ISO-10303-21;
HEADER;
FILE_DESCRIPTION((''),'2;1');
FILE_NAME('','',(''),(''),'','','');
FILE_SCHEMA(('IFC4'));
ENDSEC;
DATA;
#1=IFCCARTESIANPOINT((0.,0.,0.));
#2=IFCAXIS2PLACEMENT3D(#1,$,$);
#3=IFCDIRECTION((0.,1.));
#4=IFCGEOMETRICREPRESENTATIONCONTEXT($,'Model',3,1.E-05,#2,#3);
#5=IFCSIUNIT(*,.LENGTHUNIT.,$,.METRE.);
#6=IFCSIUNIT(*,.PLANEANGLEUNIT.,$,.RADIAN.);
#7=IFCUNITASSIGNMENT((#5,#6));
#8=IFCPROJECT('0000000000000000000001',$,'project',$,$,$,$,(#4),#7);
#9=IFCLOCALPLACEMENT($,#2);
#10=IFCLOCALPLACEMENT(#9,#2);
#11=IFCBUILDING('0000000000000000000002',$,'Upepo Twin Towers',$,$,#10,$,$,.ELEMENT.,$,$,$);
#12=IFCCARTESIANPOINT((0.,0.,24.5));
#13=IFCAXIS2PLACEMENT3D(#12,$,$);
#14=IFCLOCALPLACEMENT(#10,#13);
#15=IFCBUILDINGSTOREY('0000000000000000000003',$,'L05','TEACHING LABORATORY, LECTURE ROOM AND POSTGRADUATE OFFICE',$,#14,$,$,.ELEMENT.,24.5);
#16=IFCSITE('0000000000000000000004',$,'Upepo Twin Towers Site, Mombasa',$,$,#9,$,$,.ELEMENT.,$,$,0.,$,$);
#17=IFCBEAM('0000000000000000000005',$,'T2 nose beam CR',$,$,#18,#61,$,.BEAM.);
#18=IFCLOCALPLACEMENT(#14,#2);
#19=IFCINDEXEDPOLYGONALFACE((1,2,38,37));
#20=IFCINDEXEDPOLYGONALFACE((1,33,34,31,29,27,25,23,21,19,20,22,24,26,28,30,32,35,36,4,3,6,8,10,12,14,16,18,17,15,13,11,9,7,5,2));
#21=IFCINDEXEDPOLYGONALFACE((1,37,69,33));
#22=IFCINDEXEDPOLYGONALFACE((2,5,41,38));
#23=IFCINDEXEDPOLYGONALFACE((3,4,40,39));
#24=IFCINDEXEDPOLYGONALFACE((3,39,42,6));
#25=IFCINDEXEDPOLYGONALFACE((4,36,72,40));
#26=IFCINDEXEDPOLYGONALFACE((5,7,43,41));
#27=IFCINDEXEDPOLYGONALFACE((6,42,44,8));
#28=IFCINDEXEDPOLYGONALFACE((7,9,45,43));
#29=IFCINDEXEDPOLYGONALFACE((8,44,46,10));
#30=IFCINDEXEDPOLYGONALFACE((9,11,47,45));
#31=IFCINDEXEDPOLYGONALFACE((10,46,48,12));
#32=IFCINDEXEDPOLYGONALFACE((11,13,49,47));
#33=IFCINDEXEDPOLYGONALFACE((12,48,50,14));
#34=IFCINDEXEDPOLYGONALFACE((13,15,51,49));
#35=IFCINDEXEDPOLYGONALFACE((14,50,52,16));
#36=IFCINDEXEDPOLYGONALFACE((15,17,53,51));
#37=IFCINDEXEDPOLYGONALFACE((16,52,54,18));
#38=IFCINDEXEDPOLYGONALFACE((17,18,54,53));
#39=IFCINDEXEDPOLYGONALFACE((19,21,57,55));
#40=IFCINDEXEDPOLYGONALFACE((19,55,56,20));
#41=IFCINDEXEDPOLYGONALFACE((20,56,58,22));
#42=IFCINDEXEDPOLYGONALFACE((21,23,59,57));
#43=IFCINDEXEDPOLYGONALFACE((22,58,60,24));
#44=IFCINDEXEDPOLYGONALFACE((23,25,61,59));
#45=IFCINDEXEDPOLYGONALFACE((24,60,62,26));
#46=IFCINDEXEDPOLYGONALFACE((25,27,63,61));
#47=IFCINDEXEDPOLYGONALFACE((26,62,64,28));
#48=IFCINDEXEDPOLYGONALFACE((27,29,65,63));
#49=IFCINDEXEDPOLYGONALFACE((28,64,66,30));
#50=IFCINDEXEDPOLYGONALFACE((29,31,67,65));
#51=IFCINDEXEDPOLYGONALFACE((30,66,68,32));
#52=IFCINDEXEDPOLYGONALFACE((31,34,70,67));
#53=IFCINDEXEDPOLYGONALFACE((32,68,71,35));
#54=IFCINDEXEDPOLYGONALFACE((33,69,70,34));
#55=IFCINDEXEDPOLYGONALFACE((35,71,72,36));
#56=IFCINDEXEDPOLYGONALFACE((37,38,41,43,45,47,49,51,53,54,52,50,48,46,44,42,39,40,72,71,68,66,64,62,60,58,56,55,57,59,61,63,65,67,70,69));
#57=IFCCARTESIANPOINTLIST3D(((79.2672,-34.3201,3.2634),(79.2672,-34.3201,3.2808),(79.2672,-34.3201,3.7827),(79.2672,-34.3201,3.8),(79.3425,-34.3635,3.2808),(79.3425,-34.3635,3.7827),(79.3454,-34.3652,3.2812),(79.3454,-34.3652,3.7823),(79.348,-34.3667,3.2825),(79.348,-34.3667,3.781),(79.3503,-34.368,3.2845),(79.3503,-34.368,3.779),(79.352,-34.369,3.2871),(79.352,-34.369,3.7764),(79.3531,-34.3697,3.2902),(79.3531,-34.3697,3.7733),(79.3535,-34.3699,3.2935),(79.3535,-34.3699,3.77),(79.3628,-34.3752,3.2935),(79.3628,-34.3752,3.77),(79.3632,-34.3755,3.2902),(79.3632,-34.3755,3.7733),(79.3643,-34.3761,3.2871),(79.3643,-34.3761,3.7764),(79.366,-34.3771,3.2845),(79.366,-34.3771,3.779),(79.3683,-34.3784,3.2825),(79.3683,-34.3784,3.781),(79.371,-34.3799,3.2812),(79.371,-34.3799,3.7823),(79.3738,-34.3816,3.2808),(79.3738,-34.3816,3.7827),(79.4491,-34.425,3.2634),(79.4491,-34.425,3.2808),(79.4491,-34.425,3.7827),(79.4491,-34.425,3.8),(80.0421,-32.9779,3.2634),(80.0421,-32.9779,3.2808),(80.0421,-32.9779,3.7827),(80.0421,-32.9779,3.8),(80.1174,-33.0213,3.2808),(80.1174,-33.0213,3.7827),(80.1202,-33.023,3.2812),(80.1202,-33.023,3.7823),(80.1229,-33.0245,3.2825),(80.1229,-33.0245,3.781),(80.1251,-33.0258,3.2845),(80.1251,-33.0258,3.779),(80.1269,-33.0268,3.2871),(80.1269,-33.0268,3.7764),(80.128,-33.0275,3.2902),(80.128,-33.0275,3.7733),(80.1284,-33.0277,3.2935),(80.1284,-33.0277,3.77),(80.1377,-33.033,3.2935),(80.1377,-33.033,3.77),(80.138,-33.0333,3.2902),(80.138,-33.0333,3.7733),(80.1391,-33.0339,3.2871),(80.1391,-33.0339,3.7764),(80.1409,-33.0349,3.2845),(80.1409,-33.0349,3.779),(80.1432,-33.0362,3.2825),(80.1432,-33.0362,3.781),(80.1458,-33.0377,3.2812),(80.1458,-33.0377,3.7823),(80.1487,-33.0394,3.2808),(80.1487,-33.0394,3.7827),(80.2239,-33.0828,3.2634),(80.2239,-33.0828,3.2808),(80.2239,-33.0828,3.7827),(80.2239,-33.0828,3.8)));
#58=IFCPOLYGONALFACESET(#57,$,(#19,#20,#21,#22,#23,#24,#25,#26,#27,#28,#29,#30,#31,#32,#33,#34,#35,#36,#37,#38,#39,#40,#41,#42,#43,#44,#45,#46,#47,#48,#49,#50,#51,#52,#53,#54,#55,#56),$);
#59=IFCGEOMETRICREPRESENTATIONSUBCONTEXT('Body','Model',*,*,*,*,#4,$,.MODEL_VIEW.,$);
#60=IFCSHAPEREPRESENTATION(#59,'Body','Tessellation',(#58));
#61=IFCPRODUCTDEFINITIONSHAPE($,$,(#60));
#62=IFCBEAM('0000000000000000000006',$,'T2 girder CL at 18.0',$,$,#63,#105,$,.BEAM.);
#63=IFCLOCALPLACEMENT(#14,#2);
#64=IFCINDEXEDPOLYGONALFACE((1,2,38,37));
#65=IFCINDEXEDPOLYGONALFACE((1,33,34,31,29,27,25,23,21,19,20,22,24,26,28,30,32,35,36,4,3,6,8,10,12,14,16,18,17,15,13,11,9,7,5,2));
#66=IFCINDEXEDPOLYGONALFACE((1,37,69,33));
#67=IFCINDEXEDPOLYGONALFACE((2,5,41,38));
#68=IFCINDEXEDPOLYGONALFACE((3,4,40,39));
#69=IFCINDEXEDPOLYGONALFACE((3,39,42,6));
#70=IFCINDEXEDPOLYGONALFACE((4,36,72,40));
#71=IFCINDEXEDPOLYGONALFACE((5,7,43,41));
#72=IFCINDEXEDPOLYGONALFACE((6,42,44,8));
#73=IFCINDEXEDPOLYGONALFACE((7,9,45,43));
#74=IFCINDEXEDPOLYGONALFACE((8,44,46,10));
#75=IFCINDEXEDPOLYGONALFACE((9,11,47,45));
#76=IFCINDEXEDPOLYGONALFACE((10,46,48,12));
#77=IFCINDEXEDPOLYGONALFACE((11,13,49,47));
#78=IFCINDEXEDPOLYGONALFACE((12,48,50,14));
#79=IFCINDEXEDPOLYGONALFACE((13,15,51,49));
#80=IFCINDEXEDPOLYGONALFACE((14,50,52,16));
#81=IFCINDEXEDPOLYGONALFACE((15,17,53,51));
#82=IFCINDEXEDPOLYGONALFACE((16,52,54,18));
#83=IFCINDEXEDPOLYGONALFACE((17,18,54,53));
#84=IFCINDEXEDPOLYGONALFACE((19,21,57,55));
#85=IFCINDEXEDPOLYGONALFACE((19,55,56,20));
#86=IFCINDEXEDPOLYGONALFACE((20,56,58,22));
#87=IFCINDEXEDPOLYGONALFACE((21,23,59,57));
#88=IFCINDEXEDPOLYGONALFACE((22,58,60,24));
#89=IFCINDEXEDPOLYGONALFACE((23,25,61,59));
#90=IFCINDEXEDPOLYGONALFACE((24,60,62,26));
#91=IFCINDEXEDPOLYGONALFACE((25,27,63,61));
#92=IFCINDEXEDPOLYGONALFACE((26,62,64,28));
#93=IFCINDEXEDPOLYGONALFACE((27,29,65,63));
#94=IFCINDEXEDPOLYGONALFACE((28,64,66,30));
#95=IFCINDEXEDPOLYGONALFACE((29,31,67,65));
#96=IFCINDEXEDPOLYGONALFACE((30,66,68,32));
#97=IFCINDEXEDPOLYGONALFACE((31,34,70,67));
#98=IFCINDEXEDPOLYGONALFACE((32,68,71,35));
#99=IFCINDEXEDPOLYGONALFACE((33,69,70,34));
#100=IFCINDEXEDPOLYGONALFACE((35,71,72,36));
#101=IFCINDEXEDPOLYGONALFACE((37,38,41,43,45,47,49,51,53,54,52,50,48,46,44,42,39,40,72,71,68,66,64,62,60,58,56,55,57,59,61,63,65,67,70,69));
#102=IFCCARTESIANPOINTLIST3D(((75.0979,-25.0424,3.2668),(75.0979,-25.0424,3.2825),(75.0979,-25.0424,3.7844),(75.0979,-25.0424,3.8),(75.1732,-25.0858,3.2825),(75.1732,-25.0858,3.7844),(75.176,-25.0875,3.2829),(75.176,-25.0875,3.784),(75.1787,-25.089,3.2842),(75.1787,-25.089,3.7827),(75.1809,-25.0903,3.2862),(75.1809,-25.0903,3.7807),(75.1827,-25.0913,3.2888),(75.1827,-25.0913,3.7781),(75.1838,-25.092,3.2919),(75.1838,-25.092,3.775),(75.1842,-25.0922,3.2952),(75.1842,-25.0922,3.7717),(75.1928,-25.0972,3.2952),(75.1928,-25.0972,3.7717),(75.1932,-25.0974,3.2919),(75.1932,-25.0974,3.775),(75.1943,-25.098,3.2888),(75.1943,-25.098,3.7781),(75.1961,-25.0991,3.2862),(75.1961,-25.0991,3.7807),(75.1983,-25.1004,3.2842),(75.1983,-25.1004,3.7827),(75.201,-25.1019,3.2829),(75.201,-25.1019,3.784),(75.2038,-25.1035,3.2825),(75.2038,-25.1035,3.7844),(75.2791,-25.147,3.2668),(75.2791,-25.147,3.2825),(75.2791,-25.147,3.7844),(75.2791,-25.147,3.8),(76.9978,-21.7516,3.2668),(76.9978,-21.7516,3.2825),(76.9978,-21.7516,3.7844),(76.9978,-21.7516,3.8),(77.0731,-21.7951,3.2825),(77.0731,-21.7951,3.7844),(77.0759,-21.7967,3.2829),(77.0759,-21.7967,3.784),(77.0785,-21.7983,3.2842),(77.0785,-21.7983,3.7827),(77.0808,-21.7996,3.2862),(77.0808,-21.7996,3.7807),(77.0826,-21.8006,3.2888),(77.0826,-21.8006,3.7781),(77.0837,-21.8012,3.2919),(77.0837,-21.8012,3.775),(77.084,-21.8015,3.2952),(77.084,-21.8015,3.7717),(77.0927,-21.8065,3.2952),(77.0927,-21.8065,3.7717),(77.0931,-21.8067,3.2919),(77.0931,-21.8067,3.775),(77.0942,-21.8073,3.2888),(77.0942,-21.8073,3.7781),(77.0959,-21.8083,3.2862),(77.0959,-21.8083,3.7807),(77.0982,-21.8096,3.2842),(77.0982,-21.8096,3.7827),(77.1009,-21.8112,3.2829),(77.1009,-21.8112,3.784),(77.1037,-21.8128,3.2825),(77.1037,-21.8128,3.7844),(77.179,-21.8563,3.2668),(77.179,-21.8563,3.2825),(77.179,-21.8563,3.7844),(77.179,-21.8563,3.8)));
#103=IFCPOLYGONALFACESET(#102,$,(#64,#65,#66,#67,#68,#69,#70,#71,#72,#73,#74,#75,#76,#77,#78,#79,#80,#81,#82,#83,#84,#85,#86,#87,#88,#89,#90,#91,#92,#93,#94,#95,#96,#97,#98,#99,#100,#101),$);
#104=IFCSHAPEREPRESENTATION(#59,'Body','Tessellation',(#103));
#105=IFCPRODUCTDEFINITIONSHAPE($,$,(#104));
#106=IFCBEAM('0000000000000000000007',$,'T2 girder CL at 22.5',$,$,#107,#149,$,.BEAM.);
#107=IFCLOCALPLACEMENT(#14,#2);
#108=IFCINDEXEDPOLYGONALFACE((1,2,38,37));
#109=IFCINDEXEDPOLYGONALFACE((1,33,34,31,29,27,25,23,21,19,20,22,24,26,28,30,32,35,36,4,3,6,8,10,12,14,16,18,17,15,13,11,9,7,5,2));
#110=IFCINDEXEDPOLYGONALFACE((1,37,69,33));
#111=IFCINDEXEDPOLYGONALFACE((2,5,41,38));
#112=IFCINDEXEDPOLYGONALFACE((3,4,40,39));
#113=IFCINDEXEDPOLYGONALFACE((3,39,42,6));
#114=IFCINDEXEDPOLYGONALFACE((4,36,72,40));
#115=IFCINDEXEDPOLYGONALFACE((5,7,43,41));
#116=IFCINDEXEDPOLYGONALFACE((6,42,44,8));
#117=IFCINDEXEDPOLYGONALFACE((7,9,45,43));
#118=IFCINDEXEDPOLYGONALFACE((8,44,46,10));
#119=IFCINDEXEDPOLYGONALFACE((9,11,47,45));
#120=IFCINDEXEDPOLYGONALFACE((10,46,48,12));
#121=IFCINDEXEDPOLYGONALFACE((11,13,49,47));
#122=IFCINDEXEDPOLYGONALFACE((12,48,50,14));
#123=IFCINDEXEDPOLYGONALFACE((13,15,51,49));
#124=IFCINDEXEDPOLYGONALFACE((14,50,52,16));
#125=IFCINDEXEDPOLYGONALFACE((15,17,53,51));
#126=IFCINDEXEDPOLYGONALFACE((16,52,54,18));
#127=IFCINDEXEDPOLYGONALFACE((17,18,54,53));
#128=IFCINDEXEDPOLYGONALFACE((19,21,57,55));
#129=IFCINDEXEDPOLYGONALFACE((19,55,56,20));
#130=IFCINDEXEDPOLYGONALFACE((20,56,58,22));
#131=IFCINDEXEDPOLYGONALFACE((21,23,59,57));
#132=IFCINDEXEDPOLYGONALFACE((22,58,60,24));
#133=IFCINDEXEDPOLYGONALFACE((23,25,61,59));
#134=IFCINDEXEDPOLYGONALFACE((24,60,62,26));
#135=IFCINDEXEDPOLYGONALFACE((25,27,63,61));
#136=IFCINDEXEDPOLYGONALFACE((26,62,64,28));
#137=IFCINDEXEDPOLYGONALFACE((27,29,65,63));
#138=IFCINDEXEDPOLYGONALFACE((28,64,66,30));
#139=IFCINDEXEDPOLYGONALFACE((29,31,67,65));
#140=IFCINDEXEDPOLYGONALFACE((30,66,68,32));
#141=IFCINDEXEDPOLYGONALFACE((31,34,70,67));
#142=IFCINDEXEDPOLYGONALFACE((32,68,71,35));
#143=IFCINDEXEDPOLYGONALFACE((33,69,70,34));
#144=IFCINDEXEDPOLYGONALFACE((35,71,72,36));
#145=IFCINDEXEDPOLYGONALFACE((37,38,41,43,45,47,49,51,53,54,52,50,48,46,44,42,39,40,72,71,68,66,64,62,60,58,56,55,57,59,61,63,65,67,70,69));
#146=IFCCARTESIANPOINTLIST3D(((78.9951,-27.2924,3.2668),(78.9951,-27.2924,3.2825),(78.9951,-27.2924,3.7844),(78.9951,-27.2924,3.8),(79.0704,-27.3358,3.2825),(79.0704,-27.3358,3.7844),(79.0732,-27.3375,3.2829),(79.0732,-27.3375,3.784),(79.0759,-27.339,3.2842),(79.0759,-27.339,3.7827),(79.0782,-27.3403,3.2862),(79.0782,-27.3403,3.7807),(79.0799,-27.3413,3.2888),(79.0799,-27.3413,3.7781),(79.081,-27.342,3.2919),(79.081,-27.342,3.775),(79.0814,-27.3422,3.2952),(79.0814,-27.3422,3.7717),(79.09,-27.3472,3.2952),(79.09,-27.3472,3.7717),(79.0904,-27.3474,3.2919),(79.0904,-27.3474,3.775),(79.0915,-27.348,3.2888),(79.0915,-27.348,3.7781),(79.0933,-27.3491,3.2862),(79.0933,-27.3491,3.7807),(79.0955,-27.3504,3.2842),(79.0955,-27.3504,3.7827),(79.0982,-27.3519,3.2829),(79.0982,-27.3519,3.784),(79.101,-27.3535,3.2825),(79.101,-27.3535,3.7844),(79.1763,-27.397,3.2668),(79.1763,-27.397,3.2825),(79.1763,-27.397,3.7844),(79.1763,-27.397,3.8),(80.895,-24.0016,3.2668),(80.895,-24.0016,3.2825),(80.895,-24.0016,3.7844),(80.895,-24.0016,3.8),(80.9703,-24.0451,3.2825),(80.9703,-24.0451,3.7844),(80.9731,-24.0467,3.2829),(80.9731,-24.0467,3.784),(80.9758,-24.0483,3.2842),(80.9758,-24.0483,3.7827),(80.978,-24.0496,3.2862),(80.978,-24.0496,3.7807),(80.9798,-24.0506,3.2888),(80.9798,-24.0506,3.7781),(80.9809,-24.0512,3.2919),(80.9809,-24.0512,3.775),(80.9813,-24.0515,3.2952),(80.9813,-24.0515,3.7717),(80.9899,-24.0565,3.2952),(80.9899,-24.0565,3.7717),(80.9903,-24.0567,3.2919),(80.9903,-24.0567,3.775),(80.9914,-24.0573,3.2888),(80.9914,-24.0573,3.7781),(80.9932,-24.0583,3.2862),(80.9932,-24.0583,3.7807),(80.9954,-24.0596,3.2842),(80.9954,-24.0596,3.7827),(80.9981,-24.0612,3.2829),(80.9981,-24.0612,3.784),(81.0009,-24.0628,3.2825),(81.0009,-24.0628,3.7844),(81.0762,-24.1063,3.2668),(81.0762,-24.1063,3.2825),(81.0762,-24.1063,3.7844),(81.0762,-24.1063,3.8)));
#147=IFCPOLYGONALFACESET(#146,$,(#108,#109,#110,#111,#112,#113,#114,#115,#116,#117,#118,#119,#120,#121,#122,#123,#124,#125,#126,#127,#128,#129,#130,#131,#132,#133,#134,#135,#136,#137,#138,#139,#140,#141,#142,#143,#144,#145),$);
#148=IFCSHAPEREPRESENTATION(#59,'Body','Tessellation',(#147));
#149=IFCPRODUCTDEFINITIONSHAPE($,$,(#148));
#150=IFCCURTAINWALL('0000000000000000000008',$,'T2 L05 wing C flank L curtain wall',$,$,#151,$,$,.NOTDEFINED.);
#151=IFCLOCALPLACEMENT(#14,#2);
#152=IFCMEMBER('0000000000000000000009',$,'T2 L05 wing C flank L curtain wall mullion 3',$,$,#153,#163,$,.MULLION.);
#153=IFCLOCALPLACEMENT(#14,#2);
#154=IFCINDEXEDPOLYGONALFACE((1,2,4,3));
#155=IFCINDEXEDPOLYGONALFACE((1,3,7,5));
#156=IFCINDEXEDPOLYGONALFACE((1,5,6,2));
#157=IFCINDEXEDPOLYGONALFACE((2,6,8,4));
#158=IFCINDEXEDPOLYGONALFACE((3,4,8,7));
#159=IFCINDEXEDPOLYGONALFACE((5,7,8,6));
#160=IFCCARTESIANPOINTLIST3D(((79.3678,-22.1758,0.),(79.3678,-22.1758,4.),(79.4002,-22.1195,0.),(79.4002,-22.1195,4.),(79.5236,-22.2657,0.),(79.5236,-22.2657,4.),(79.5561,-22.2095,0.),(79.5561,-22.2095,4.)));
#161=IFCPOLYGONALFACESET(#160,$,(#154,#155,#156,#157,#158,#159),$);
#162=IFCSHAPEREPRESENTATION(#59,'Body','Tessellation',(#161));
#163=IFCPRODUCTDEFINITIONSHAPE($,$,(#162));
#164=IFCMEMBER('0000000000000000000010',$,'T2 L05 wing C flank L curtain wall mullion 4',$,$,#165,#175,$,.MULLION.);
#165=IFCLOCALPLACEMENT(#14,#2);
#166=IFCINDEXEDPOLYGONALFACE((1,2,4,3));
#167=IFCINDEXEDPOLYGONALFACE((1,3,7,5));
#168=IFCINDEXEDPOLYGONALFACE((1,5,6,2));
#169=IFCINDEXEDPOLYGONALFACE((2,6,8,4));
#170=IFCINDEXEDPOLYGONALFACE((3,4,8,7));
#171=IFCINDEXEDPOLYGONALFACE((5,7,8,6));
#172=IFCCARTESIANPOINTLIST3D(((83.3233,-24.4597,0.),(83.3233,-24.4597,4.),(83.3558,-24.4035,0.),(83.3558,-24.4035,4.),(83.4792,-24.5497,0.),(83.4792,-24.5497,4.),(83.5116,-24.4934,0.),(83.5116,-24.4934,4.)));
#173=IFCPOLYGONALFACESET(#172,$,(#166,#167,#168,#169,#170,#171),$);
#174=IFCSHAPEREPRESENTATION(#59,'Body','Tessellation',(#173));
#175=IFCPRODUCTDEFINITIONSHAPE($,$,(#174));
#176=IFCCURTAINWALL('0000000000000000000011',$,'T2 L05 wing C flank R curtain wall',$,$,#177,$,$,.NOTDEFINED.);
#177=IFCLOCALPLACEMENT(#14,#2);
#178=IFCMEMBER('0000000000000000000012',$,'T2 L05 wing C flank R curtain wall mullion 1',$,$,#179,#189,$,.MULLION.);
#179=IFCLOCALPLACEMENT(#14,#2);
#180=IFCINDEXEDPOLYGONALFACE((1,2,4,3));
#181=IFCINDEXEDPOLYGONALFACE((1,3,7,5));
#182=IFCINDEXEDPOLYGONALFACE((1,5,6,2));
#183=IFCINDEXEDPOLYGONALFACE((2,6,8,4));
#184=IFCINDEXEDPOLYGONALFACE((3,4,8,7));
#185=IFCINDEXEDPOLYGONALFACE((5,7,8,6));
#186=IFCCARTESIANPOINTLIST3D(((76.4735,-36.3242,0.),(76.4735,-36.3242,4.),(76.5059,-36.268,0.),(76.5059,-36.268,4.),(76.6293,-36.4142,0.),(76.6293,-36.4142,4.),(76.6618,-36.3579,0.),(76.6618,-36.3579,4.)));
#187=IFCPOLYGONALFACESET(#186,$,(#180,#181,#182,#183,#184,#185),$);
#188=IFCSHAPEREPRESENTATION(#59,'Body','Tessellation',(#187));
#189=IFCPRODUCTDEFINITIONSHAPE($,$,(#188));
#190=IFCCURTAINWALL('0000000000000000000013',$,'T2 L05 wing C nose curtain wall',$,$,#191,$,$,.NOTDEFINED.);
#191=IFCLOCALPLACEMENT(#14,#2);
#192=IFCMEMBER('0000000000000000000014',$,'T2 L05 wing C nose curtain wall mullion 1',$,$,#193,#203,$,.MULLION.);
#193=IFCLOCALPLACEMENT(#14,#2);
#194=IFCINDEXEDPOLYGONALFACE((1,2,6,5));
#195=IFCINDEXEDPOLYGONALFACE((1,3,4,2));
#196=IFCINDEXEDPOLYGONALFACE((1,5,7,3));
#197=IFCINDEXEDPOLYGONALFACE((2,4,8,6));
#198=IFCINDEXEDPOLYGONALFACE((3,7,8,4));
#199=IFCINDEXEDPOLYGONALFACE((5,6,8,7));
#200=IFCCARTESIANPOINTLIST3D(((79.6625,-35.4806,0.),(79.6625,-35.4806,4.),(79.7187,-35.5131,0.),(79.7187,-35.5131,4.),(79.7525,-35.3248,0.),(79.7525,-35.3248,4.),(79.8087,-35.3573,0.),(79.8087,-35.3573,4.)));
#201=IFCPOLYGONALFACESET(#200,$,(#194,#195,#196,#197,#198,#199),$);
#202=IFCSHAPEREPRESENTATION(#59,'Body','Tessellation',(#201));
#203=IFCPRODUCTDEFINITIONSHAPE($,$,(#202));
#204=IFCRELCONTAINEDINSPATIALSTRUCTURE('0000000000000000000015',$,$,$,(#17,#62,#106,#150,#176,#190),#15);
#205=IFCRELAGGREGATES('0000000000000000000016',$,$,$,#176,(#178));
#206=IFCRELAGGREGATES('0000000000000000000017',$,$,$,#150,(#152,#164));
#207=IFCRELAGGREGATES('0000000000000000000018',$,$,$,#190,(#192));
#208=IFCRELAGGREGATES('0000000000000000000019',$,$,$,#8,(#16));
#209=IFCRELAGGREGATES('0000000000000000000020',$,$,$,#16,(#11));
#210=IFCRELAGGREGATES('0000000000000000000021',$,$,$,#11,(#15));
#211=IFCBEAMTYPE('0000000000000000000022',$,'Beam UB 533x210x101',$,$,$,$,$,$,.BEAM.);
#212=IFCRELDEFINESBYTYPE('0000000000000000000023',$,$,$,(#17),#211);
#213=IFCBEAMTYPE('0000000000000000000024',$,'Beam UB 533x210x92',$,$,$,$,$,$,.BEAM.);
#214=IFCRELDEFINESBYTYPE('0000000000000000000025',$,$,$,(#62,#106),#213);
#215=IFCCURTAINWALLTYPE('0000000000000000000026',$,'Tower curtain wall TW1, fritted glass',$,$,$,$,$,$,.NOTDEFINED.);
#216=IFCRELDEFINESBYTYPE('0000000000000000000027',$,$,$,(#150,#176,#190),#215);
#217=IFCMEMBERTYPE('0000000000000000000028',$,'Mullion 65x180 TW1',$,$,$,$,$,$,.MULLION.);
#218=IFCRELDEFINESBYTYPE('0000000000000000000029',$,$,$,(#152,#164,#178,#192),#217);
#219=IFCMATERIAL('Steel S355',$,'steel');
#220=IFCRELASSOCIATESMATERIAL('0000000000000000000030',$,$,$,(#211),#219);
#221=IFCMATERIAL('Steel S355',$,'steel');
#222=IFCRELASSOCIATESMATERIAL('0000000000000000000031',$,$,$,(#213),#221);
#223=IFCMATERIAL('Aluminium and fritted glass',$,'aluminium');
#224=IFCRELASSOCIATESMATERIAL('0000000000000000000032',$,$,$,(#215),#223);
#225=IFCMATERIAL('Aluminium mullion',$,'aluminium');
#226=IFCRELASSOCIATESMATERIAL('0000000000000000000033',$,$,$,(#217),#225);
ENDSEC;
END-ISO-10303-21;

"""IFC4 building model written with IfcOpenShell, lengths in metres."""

from ifc_helpers import new_model, si_unit, direction, frame, origin, origin_2d, place, context, subcontext, project, spatial, rectangle, i_section, extrude, material, material_profile, profile_set, type_object, element, aggregate, save


model = new_model("IFC4")

# Units and contexts
model_context = context("Model", 3, precision=1e-05, world=origin(), true_north=direction((0.0, 1.0)))
body_context = subcontext(model_context, "Body", "Model", "MODEL_VIEW")
ifc_project = project(units=[si_unit("LENGTHUNIT", "METRE"), si_unit("PLANEANGLEUNIT", "RADIAN")], contexts=[model_context])

# Site, building, storey
site_placement = place(None, origin())
site = spatial("IfcSite", under=ifc_project, at=site_placement, Name="Upepo Twin Towers Site, Mombasa", CompositionType="ELEMENT", RefElevation=0.0)
building_placement = place(site_placement, origin())
building = spatial("IfcBuilding", under=site, at=building_placement, Name="Upepo Twin Towers", CompositionType="ELEMENT")
storey_placement = place(building_placement, frame((0.0, 0.0, 24.5)))
storey = spatial("IfcBuildingStorey", under=building, at=storey_placement, Name="L05", Description="TEACHING LABORATORY, LECTURE ROOM AND POSTGRADUATE OFFICE", CompositionType="ELEMENT", Elevation=24.5)

# Beams
ifc_material_1 = material(Name="Steel S355", Category="steel")
ifc_material_profile_1 = material_profile(ifc_material_1, i_section(OverallWidth=0.21, OverallDepth=0.5366, WebThickness=0.0107, FlangeThickness=0.0173, FilletRadius=0.0127, at=origin_2d()), Name="UB 533x210x101")
ifc_profile_set_1 = profile_set([ifc_material_profile_1], Name="Steel S355")
beam_type_1 = type_object("IfcBeamType", Name="Beam UB 533x210x101", PredefinedType="BEAM", material=ifc_profile_set_1)
for number, where, z_axis, x_axis, name in (
    (1, (79.3582, -34.3726, 3.5317), (0.499968, 0.866044, 0.0), (-0.866044, 0.499968, 0.0), "T2 nose beam CR"),
):
    element("IfcBeam", number, at=place(storey_placement, frame(where, z_axis=z_axis, x_axis=x_axis)), inside=storey, type_object=beam_type_1, Name=name, PredefinedType="BEAM", context=body_context, shape_type="SweptSolid", body=[
        extrude(i_section(OverallWidth=0.21, OverallDepth=0.5366, WebThickness=0.0107, FlangeThickness=0.0173, FilletRadius=0.0127, at=origin_2d()), origin(), (0.0, 0.0, 1.0), 1.5498),
    ])
ifc_material_2 = material(Name="Steel S355", Category="steel")
ifc_material_profile_2 = material_profile(ifc_material_2, i_section(OverallWidth=0.2092, OverallDepth=0.5332, WebThickness=0.01, FlangeThickness=0.0156, FilletRadius=0.0127, at=origin_2d()), Name="UB 533x210x92")
ifc_profile_set_2 = profile_set([ifc_material_profile_2], Name="Steel S355")
beam_type_2 = type_object("IfcBeamType", Name="Beam UB 533x210x92", PredefinedType="BEAM", material=ifc_profile_set_2)
for number, where, z_axis, x_axis, name in (
    (2, (77.0884, -21.804, 3.5334), (-0.499995, -0.866028, 0.0), (0.866028, -0.499995, 0.0), "T2 girder CL at 18.0"),
    (3, (80.9856, -24.054, 3.5334), (-0.499995, -0.866028, 0.0), (0.866028, -0.499995, 0.0), "T2 girder CL at 22.5"),
):
    element("IfcBeam", number, at=place(storey_placement, frame(where, z_axis=z_axis, x_axis=x_axis)), inside=storey, type_object=beam_type_2, Name=name, PredefinedType="BEAM", context=body_context, shape_type="SweptSolid", body=[
        extrude(i_section(OverallWidth=0.2092, OverallDepth=0.5332, WebThickness=0.01, FlangeThickness=0.0156, FilletRadius=0.0127, at=origin_2d()), origin(), (0.0, 0.0, 1.0), 3.7998),
    ])

# Curtain wall, members
ifc_material_3 = material(Name="Aluminium and fritted glass", Category="aluminium")
curtain_wall_type = type_object("IfcCurtainWallType", Name="Tower curtain wall TW1, fritted glass", PredefinedType="NOTDEFINED", material=ifc_material_3)
curtain_wall_1_placement = place(storey_placement, origin())
curtain_wall_1 = element("IfcCurtainWall", 4, at=curtain_wall_1_placement, inside=storey, type_object=curtain_wall_type, Name="T2 L05 wing C flank L curtain wall", PredefinedType="NOTDEFINED")
ifc_material_4 = material(Name="Aluminium mullion", Category="aluminium")
ifc_material_profile_3 = material_profile(ifc_material_4, rectangle(XDim=0.0649, YDim=0.1799, at=origin_2d()), Name="MULLION 65x180")
ifc_profile_set_3 = profile_set([ifc_material_profile_3], Name="Aluminium mullion")
member_type_1 = type_object("IfcMemberType", Name="Mullion 65x180 TW1", PredefinedType="MULLION", material=ifc_profile_set_3)
member_1_placement = place(storey_placement, frame((79.4619, -22.1926, 0.0), z_axis=(0.0, 0.0, 1.0), x_axis=(0.5, 0.866025, 0.0)))
member_1 = element("IfcMember", 5, at=member_1_placement, type_object=member_type_1, Name="T2 L05 wing C flank L curtain wall mullion 3", PredefinedType="MULLION", context=body_context, shape_type="SweptSolid", body=[
    extrude(rectangle(XDim=0.0649, YDim=0.1799, at=origin_2d()), origin(), (0.0, 0.0, 1.0), 4.0),
])
member_2_placement = place(storey_placement, frame((83.4175, -24.4766, 0.0), z_axis=(0.0, 0.0, 1.0), x_axis=(0.5, 0.866025, 0.0)))
member_2 = element("IfcMember", 6, at=member_2_placement, type_object=member_type_1, Name="T2 L05 wing C flank L curtain wall mullion 4", PredefinedType="MULLION", context=body_context, shape_type="SweptSolid", body=[
    extrude(rectangle(XDim=0.0649, YDim=0.1799, at=origin_2d()), origin(), (0.0, 0.0, 1.0), 4.0),
])

# Curtain wall, member
curtain_wall_2_placement = place(storey_placement, origin())
curtain_wall_2 = element("IfcCurtainWall", 7, at=curtain_wall_2_placement, inside=storey, type_object=curtain_wall_type, Name="T2 L05 wing C flank R curtain wall", PredefinedType="NOTDEFINED")
member_3_placement = place(storey_placement, frame((76.5676, -36.3411, 0.0), z_axis=(0.0, 0.0, 1.0), x_axis=(-0.5, -0.866025, 0.0)))
member_3 = element("IfcMember", 8, at=member_3_placement, type_object=member_type_1, Name="T2 L05 wing C flank R curtain wall mullion 1", PredefinedType="MULLION", context=body_context, shape_type="SweptSolid", body=[
    extrude(rectangle(XDim=0.0649, YDim=0.1799, at=origin_2d()), origin(), (0.0, 0.0, 1.0), 4.0),
])
aggregate(curtain_wall_2, [member_3])

# Curtain wall, member
curtain_wall_3_placement = place(storey_placement, origin())
curtain_wall_3 = element("IfcCurtainWall", 9, at=curtain_wall_3_placement, inside=storey, type_object=curtain_wall_type, Name="T2 L05 wing C nose curtain wall", PredefinedType="NOTDEFINED")
member_4_placement = place(storey_placement, frame((79.7356, -35.4189, 0.0), z_axis=(0.0, 0.0, 1.0), x_axis=(-0.866025, 0.5, 0.0)))
member_4 = element("IfcMember", 10, at=member_4_placement, type_object=member_type_1, Name="T2 L05 wing C nose curtain wall mullion 1", PredefinedType="MULLION", context=body_context, shape_type="SweptSolid", body=[
    extrude(rectangle(XDim=0.0649, YDim=0.1799, at=origin_2d()), origin(), (0.0, 0.0, 1.0), 4.0),
])

aggregate(curtain_wall_1, [member_1, member_2])
aggregate(curtain_wall_3, [member_4])

save(model, "model.ifc")
